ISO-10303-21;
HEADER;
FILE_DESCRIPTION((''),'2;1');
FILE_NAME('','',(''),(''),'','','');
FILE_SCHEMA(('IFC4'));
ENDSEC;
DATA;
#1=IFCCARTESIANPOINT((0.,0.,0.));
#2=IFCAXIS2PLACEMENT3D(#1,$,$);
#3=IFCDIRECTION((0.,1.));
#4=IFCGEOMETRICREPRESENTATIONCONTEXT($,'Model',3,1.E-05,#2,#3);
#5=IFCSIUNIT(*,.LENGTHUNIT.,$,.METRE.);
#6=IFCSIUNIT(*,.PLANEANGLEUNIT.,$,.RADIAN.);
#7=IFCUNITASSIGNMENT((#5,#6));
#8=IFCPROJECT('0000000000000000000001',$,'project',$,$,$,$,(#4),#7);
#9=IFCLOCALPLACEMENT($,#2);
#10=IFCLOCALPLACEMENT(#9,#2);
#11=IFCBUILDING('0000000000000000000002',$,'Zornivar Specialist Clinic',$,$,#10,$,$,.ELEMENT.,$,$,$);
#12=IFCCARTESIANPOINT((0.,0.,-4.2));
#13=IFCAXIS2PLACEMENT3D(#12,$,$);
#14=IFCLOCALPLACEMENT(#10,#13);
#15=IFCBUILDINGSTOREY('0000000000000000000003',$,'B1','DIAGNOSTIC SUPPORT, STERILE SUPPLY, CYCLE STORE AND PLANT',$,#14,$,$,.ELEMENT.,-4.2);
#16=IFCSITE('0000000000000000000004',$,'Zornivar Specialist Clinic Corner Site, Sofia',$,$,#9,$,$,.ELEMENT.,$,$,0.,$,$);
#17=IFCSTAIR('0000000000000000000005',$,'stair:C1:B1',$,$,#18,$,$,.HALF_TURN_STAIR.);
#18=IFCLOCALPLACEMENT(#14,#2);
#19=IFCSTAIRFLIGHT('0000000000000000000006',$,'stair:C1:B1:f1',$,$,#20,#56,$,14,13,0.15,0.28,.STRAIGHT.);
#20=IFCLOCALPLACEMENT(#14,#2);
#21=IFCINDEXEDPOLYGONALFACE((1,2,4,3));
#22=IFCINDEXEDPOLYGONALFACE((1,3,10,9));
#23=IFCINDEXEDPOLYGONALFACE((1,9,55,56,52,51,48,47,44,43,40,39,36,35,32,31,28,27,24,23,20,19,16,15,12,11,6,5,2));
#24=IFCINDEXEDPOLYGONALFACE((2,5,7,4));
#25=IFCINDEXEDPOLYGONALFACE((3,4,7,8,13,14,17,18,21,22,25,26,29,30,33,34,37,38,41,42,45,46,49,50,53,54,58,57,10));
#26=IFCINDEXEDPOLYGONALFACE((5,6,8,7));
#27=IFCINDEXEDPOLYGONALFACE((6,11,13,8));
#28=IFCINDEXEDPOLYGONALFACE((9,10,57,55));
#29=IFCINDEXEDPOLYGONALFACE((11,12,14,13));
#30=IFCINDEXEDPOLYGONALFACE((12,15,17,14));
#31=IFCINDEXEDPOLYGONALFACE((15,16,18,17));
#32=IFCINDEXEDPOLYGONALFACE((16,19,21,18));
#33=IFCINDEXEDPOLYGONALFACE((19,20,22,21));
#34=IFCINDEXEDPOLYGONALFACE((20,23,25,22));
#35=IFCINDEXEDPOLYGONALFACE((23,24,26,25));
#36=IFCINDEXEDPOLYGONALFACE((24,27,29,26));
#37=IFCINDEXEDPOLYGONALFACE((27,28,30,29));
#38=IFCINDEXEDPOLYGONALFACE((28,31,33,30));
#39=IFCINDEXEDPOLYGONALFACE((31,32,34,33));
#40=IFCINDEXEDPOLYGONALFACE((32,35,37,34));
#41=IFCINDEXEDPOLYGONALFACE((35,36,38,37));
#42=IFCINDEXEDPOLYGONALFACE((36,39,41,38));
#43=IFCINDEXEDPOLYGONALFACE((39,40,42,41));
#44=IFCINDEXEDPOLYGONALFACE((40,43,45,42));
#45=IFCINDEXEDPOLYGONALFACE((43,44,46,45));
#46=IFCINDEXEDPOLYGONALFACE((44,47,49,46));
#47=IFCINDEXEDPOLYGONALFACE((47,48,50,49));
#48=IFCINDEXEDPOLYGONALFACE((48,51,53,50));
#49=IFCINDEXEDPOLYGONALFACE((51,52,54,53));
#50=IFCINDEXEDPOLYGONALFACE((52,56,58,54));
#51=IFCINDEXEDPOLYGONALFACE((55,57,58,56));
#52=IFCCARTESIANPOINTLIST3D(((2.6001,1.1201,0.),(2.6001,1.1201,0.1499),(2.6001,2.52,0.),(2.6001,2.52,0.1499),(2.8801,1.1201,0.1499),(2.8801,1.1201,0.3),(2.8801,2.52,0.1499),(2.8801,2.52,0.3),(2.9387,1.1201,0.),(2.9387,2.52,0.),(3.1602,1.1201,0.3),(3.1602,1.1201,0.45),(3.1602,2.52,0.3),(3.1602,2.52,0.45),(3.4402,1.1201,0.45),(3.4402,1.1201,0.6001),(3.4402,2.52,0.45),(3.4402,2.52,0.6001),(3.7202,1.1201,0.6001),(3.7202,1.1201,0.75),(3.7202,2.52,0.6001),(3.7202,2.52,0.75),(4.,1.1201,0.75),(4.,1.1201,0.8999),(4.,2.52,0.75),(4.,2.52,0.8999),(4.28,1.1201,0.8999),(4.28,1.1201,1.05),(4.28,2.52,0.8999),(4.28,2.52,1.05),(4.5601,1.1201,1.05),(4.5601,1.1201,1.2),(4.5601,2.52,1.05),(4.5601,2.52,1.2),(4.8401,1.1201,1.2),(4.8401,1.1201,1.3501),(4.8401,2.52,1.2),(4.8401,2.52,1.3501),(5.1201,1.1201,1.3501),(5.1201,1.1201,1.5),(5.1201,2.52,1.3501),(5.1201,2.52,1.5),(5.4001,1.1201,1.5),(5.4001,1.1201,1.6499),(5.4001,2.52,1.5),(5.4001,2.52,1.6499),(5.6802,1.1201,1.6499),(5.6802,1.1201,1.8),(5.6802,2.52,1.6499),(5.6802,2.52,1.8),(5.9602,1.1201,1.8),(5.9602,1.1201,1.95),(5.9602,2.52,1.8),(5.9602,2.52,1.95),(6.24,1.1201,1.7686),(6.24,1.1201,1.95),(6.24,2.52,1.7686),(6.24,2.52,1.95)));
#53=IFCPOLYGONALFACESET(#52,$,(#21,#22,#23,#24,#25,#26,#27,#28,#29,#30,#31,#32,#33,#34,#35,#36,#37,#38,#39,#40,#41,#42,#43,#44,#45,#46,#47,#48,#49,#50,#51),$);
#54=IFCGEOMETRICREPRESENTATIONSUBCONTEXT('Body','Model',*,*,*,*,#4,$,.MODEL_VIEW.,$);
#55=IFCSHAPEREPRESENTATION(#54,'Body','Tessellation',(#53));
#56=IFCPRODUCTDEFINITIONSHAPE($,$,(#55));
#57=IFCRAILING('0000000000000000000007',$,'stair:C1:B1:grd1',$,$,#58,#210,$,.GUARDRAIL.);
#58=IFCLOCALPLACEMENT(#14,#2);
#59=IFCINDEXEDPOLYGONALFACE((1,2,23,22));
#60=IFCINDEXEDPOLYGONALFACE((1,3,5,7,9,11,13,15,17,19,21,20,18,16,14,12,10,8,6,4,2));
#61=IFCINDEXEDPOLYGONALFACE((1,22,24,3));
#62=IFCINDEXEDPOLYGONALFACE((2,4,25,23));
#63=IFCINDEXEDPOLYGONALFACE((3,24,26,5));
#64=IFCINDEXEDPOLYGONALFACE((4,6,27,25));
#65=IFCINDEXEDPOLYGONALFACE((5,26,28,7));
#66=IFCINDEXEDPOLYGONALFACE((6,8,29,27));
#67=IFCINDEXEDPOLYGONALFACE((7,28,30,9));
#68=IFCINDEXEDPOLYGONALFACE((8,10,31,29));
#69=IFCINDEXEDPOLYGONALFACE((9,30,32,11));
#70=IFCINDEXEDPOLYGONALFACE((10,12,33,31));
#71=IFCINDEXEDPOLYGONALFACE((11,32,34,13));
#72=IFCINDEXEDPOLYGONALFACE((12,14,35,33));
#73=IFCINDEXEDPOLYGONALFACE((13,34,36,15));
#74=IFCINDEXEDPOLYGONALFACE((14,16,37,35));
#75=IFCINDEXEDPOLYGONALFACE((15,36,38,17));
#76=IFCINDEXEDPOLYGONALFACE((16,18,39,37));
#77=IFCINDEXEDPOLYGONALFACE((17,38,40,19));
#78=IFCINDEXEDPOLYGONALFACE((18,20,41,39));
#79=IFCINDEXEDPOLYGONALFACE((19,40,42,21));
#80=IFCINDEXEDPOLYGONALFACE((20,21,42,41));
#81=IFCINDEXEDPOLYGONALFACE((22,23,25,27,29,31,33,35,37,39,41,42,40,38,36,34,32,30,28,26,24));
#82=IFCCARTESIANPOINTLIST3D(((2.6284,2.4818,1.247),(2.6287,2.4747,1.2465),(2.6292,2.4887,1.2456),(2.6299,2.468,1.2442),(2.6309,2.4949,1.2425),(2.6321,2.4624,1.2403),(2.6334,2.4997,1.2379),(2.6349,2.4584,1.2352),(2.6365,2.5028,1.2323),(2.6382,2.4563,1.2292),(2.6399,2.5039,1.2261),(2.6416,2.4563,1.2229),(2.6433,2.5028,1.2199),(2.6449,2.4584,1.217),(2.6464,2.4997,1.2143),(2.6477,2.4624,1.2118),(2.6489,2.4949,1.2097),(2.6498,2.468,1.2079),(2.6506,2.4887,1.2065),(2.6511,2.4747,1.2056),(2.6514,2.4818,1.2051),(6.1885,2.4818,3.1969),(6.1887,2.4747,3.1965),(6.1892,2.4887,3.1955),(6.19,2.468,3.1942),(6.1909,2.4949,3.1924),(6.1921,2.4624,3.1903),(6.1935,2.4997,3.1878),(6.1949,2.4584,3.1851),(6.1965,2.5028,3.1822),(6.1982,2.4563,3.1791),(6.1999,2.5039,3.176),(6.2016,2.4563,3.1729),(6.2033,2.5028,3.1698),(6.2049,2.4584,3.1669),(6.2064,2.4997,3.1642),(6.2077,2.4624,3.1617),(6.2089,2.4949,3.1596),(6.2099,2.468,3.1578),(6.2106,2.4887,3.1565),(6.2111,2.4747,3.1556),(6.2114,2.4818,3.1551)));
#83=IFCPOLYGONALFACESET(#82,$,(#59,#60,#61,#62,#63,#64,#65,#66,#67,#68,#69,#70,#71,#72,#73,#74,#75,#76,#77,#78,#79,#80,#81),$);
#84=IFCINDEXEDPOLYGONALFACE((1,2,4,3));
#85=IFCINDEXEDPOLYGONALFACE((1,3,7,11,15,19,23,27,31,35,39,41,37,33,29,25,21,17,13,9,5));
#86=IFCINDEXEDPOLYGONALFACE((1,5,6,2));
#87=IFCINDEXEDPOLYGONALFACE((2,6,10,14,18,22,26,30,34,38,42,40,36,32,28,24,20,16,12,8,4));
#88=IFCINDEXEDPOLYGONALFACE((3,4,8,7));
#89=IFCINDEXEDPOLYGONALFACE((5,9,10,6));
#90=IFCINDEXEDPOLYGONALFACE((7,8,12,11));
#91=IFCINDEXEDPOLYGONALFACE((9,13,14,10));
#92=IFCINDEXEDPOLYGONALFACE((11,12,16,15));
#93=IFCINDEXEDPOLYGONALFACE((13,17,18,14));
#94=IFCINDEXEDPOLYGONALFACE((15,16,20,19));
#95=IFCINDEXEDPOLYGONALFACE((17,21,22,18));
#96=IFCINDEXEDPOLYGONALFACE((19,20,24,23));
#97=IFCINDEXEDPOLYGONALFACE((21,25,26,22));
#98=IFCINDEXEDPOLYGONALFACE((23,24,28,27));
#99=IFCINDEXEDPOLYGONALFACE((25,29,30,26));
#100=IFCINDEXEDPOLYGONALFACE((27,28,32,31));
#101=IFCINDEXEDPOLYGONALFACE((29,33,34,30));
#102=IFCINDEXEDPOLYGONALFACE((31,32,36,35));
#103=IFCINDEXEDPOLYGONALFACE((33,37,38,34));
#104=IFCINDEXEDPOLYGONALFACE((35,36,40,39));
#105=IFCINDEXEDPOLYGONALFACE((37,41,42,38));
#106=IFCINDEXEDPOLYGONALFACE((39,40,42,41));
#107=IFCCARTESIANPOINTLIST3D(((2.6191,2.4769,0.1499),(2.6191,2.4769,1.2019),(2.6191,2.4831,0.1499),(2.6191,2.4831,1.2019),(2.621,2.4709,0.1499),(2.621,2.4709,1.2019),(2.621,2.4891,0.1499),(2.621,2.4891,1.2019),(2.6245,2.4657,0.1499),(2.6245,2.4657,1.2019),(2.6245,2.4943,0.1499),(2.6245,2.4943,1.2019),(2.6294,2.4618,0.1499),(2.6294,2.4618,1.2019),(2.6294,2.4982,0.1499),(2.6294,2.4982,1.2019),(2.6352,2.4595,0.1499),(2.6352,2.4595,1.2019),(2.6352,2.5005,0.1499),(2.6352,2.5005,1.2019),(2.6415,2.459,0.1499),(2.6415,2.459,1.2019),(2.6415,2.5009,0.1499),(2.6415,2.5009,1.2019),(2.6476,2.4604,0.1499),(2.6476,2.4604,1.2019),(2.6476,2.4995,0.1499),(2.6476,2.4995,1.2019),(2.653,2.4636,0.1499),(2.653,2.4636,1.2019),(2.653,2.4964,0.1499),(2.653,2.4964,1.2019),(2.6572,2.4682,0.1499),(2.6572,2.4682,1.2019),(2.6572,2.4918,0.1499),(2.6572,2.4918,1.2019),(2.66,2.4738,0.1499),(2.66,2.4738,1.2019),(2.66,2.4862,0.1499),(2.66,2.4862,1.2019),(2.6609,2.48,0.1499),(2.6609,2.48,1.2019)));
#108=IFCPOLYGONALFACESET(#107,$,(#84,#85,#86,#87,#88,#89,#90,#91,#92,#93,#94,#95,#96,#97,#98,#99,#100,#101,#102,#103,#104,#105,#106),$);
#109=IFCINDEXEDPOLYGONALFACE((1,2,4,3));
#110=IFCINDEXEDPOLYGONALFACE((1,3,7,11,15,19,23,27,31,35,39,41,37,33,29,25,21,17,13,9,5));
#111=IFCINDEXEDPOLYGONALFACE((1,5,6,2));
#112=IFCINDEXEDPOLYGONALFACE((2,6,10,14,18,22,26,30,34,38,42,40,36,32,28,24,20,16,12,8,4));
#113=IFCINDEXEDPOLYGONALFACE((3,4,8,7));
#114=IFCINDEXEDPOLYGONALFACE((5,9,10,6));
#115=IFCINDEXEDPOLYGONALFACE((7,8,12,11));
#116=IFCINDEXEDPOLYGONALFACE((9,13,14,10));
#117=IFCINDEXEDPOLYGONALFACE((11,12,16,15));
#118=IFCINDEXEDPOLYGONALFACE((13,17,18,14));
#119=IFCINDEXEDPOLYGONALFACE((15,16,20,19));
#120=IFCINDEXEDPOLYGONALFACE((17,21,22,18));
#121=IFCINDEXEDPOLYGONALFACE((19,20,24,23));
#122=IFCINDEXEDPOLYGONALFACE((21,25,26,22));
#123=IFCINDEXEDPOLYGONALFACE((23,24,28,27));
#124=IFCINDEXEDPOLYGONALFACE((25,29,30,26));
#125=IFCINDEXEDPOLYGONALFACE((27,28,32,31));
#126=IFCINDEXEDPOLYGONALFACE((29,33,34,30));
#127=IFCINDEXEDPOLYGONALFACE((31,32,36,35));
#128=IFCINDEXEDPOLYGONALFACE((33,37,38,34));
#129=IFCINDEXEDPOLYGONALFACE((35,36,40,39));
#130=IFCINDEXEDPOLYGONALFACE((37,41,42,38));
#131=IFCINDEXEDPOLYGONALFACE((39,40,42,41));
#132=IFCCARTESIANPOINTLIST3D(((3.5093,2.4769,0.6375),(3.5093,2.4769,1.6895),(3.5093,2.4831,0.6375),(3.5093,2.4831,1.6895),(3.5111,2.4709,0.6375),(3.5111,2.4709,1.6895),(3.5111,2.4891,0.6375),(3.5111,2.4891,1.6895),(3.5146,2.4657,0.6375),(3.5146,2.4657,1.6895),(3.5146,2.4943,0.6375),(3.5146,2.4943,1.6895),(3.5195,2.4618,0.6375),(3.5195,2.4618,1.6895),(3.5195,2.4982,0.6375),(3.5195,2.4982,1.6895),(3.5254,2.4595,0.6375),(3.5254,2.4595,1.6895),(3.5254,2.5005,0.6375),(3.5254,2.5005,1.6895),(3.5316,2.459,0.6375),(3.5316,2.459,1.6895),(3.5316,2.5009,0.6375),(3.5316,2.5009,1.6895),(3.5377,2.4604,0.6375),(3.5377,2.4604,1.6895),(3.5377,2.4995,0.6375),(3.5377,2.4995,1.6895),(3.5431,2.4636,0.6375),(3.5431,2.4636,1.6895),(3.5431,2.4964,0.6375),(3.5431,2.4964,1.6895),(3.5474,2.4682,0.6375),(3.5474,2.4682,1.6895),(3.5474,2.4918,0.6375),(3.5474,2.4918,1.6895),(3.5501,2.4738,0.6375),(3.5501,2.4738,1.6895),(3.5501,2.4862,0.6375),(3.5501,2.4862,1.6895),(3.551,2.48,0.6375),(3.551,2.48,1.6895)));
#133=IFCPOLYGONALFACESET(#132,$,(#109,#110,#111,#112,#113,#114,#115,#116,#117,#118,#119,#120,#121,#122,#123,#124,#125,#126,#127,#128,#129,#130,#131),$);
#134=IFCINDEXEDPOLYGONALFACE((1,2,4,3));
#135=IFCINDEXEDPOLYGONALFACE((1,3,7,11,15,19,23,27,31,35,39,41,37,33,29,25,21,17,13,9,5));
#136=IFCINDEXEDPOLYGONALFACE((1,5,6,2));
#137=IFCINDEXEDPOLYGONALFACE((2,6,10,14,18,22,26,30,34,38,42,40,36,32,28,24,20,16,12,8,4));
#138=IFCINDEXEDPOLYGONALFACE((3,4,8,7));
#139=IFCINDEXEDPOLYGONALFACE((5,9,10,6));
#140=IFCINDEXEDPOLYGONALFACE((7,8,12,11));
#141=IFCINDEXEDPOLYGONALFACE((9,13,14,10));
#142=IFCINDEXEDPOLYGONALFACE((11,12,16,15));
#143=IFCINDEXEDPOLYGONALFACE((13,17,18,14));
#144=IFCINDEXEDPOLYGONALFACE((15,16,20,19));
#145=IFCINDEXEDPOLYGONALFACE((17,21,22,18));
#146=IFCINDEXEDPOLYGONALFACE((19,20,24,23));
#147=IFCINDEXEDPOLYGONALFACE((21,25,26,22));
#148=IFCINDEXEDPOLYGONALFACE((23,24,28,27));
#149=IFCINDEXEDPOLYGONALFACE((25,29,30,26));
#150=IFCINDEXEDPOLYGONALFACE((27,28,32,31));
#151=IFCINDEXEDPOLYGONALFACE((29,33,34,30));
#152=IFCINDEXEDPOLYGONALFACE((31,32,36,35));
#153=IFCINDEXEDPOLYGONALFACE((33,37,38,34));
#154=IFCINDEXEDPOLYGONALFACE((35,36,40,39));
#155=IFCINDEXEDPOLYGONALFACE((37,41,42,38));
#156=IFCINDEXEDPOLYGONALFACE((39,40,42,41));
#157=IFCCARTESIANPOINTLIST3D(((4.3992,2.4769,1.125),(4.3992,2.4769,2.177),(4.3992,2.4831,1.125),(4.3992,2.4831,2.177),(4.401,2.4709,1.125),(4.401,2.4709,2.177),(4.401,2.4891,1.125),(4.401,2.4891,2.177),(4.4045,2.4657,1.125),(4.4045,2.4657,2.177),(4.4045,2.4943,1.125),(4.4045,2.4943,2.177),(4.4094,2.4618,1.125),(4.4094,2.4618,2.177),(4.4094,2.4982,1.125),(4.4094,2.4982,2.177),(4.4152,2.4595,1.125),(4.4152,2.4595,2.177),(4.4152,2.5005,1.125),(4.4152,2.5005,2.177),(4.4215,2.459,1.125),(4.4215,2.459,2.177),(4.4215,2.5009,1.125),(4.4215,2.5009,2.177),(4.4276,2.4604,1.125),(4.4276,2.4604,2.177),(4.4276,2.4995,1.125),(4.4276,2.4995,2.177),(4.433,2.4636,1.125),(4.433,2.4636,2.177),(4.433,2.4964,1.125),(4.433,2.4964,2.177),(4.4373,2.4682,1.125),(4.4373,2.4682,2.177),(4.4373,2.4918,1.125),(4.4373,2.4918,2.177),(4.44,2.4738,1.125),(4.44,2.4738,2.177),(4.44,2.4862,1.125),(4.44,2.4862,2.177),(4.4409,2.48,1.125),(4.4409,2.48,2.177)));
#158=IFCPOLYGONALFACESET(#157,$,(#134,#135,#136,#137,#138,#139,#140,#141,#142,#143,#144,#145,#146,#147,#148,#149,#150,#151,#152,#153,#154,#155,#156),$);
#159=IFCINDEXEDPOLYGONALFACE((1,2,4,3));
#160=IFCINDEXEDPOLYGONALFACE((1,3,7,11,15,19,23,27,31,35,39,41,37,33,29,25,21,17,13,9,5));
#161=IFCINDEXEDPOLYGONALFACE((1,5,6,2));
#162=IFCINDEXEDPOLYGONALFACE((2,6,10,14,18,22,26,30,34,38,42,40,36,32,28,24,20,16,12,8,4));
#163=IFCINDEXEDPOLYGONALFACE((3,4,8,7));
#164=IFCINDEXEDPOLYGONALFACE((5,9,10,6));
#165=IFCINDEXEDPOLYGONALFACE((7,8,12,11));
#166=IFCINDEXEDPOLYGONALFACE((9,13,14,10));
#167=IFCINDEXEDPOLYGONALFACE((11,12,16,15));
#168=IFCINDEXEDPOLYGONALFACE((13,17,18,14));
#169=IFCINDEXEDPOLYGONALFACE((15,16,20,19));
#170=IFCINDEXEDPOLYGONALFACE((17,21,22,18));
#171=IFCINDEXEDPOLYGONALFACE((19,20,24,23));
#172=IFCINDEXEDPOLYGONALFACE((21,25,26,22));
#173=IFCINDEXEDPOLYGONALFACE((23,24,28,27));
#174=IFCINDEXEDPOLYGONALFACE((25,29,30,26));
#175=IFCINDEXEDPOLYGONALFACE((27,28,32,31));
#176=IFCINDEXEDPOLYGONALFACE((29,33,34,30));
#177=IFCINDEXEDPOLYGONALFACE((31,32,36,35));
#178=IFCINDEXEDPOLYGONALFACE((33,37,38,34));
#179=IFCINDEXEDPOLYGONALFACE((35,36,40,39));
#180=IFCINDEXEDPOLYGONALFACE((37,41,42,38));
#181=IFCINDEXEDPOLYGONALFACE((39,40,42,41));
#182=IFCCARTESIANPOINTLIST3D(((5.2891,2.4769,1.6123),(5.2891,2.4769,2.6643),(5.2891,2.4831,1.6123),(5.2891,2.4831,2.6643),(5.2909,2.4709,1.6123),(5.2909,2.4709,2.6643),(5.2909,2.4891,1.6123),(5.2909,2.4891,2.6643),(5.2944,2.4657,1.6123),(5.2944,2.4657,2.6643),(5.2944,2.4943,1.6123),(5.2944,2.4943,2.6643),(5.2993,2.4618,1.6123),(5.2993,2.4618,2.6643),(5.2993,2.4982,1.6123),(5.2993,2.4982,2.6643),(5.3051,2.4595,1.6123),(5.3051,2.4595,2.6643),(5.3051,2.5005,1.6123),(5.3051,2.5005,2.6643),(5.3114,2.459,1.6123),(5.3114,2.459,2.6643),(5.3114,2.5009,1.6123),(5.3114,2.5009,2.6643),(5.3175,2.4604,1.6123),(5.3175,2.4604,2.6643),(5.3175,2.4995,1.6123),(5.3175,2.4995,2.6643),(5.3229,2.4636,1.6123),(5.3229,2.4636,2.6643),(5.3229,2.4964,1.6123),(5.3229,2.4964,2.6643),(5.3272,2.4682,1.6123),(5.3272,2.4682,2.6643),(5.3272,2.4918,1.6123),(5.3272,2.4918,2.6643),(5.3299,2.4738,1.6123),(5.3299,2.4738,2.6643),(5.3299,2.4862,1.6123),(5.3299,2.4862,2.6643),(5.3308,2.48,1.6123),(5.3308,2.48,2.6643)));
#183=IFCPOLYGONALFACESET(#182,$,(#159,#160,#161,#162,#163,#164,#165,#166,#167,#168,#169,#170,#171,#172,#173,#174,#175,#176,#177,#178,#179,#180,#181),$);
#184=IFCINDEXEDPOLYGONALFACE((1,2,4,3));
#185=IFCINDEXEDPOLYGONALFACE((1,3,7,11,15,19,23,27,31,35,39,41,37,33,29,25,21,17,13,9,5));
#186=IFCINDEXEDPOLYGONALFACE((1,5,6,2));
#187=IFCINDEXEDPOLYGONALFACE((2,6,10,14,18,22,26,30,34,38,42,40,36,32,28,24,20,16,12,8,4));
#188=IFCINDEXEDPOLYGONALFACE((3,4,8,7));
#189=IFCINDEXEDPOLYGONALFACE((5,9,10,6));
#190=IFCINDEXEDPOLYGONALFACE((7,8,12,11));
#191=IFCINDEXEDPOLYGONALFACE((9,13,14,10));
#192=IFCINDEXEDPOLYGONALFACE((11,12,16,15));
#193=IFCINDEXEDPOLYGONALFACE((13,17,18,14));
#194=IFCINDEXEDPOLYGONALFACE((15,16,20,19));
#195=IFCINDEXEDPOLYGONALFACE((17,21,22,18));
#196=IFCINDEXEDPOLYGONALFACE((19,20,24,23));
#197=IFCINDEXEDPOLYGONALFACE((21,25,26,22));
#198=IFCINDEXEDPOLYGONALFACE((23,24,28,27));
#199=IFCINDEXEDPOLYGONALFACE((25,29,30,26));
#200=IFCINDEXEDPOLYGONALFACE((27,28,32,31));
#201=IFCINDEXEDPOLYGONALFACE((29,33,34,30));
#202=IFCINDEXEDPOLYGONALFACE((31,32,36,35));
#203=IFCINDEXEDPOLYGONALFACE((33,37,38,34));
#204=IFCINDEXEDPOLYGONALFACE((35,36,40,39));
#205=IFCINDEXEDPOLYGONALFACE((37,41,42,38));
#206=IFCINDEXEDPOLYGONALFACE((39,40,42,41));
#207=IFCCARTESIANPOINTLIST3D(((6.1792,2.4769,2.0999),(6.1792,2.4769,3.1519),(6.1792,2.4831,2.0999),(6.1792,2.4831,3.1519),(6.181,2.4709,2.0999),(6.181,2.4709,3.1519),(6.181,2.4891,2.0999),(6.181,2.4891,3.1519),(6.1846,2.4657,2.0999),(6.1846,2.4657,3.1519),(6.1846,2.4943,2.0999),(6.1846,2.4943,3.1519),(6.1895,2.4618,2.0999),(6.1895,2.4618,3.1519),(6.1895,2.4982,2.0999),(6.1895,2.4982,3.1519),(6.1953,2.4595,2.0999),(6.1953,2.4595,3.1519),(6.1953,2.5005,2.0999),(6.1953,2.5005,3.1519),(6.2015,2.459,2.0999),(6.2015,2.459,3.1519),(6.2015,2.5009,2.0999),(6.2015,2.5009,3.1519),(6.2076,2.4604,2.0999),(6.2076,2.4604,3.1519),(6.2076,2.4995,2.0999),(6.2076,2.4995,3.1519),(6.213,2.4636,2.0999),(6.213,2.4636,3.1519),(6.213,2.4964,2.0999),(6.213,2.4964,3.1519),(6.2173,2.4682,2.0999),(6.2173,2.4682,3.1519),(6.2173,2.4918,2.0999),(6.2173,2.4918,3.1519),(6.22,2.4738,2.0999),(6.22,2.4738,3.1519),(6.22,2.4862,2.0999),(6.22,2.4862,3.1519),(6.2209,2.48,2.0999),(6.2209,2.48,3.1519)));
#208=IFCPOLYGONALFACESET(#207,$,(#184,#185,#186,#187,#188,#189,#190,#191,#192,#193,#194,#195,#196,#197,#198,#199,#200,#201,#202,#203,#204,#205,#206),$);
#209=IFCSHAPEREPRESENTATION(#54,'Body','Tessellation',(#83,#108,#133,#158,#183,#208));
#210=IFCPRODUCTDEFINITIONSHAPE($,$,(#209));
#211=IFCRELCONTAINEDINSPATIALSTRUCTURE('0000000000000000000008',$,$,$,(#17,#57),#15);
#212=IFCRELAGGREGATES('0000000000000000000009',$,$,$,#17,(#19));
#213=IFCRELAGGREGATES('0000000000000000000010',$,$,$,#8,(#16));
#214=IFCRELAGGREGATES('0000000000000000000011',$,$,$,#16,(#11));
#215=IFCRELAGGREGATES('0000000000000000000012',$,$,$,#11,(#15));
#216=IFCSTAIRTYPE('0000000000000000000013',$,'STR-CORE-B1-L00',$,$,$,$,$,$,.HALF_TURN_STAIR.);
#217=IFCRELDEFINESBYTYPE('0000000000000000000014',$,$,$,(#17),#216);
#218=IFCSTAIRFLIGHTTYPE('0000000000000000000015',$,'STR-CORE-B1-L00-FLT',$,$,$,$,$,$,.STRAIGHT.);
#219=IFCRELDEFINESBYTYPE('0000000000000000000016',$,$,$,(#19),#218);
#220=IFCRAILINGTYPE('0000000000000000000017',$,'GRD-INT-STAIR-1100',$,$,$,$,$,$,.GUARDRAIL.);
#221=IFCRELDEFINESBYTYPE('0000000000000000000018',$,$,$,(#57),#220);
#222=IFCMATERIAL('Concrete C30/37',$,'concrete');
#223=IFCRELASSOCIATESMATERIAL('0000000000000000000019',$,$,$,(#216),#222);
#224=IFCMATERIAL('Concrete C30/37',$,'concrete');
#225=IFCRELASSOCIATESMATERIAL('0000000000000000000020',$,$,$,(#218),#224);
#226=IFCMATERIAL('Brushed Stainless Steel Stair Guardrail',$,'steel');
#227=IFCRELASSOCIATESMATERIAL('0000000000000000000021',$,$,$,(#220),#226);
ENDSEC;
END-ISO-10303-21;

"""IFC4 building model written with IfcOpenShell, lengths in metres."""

from ifc_helpers import new_model, si_unit, direction, frame, origin, origin_2d, place, context, subcontext, project, spatial, polyline, circle, outline, extrude, material, type_object, element, aggregate, save


model = new_model("IFC4")

# Units and contexts
model_context = context("Model", 3, precision=1e-05, world=origin(), true_north=direction((0.0, 1.0)))
body_context = subcontext(model_context, "Body", "Model", "MODEL_VIEW")
ifc_project = project(units=[si_unit("LENGTHUNIT", "METRE"), si_unit("PLANEANGLEUNIT", "RADIAN")], contexts=[model_context])

# Site, building, storey
site_placement = place(None, origin())
site = spatial("IfcSite", under=ifc_project, at=site_placement, Name="Zornivar Specialist Clinic Corner Site, Sofia", CompositionType="ELEMENT", RefElevation=0.0)
building_placement = place(site_placement, origin())
building = spatial("IfcBuilding", under=site, at=building_placement, Name="Zornivar Specialist Clinic", CompositionType="ELEMENT")
storey_placement = place(building_placement, frame((0.0, 0.0, -4.2)))
storey = spatial("IfcBuildingStorey", under=building, at=storey_placement, Name="B1", Description="DIAGNOSTIC SUPPORT, STERILE SUPPLY, CYCLE STORE AND PLANT", CompositionType="ELEMENT", Elevation=-4.2)

# Stair
ifc_material_1 = material(Name="Concrete C30/37", Category="concrete")
stair_type = type_object("IfcStairType", Name="STR-CORE-B1-L00", PredefinedType="HALF_TURN_STAIR", material=ifc_material_1)
stair_1_placement = place(storey_placement, origin())
stair_1 = element("IfcStair", 1, at=stair_1_placement, inside=storey, type_object=stair_type, Name="stair:C1:B1", PredefinedType="HALF_TURN_STAIR")

# Stair flight
ifc_material_2 = material(Name="Concrete C30/37", Category="concrete")
stair_flight_type = type_object("IfcStairFlightType", Name="STR-CORE-B1-L00-FLT", PredefinedType="STRAIGHT", material=ifc_material_2)
stair_flight_placement = place(storey_placement, frame((2.6001, 1.8201, 0.0), z_axis=(0.0, 0.0, 1.0), x_axis=(1.0, 0.0, 0.0)))
stair_flight = element("IfcStairFlight", 2, at=stair_flight_placement, type_object=stair_flight_type, Name="stair:C1:B1:f1", NumberOfRisers=14, NumberOfTreads=13, PredefinedType="STRAIGHT", RiserHeight=0.15, TreadLength=0.28, context=body_context, shape_type="SweptSolid", body=[
    extrude(outline(polyline([(0.0, 0.0), (0.0, 0.1499), (0.28, 0.1499), (0.28, 0.3), (0.5601, 0.3), (0.5601, 0.45), (0.8401, 0.45), (0.8401, 0.6001), (1.1201, 0.6001), (1.1201, 0.75), (1.3999, 0.75), (1.3999, 0.8999), (1.6799, 0.8999), (1.6799, 1.05), (1.96, 1.05), (1.96, 1.2), (2.24, 1.2), (2.24, 1.3501), (2.52, 1.3501), (2.52, 1.5), (2.8, 1.5), (2.8, 1.6499), (3.0801, 1.6499), (3.0801, 1.8), (3.3601, 1.8), (3.3601, 1.95), (3.6399, 1.95), (3.6399, 2.1001), (3.6399, 1.7686), (0.3386, 0.0), (0.0, 0.0)])), frame((0.0, 0.7, 0.0), z_axis=(0.0, -1.0, 0.0), x_axis=(1.0, 0.0, 0.0)), (0.0, 0.0, 1.0), 1.3999),
])
aggregate(stair_1, [stair_flight])

# Railing
ifc_material_3 = material(Name="Brushed Stainless Steel Stair Guardrail", Category="steel")
railing_type_1 = type_object("IfcRailingType", Name="GRD-INT-STAIR-1100", PredefinedType="GUARDRAIL", material=ifc_material_3)
railing_1_placement = place(storey_placement, frame((2.6399, 2.48, 0.1499)))
element("IfcRailing", 3, at=railing_1_placement, inside=storey, type_object=railing_type_1, Name="stair:C1:B1:grd1", PredefinedType="GUARDRAIL", context=body_context, shape_type="SweptSolid", body=[
    extrude(circle(Radius=0.0239, at=origin_2d()), frame((0.0, 0.0, 1.0762), z_axis=(0.877055, 0.0, 0.48039), x_axis=(0.0, 1.0, 0.0)), (0.0, 0.0, 1.0), 4.0591),
    extrude(circle(Radius=0.021, at=origin_2d()), origin(), (0.0, 0.0, 1.0), 1.052),
    extrude(circle(Radius=0.021, at=origin_2d()), frame((0.8901, 0.0, 0.4875)), (0.0, 0.0, 1.0), 1.052),
    extrude(circle(Radius=0.021, at=origin_2d()), frame((1.78, 0.0, 0.9751)), (0.0, 0.0, 1.0), 1.052),
    extrude(circle(Radius=0.021, at=origin_2d()), frame((2.6699, 0.0, 1.4624)), (0.0, 0.0, 1.0), 1.052),
    extrude(circle(Radius=0.021, at=origin_2d()), frame((3.5601, 0.0, 1.95)), (0.0, 0.0, 1.0), 1.052),
])

save(model, "model.ifc")
